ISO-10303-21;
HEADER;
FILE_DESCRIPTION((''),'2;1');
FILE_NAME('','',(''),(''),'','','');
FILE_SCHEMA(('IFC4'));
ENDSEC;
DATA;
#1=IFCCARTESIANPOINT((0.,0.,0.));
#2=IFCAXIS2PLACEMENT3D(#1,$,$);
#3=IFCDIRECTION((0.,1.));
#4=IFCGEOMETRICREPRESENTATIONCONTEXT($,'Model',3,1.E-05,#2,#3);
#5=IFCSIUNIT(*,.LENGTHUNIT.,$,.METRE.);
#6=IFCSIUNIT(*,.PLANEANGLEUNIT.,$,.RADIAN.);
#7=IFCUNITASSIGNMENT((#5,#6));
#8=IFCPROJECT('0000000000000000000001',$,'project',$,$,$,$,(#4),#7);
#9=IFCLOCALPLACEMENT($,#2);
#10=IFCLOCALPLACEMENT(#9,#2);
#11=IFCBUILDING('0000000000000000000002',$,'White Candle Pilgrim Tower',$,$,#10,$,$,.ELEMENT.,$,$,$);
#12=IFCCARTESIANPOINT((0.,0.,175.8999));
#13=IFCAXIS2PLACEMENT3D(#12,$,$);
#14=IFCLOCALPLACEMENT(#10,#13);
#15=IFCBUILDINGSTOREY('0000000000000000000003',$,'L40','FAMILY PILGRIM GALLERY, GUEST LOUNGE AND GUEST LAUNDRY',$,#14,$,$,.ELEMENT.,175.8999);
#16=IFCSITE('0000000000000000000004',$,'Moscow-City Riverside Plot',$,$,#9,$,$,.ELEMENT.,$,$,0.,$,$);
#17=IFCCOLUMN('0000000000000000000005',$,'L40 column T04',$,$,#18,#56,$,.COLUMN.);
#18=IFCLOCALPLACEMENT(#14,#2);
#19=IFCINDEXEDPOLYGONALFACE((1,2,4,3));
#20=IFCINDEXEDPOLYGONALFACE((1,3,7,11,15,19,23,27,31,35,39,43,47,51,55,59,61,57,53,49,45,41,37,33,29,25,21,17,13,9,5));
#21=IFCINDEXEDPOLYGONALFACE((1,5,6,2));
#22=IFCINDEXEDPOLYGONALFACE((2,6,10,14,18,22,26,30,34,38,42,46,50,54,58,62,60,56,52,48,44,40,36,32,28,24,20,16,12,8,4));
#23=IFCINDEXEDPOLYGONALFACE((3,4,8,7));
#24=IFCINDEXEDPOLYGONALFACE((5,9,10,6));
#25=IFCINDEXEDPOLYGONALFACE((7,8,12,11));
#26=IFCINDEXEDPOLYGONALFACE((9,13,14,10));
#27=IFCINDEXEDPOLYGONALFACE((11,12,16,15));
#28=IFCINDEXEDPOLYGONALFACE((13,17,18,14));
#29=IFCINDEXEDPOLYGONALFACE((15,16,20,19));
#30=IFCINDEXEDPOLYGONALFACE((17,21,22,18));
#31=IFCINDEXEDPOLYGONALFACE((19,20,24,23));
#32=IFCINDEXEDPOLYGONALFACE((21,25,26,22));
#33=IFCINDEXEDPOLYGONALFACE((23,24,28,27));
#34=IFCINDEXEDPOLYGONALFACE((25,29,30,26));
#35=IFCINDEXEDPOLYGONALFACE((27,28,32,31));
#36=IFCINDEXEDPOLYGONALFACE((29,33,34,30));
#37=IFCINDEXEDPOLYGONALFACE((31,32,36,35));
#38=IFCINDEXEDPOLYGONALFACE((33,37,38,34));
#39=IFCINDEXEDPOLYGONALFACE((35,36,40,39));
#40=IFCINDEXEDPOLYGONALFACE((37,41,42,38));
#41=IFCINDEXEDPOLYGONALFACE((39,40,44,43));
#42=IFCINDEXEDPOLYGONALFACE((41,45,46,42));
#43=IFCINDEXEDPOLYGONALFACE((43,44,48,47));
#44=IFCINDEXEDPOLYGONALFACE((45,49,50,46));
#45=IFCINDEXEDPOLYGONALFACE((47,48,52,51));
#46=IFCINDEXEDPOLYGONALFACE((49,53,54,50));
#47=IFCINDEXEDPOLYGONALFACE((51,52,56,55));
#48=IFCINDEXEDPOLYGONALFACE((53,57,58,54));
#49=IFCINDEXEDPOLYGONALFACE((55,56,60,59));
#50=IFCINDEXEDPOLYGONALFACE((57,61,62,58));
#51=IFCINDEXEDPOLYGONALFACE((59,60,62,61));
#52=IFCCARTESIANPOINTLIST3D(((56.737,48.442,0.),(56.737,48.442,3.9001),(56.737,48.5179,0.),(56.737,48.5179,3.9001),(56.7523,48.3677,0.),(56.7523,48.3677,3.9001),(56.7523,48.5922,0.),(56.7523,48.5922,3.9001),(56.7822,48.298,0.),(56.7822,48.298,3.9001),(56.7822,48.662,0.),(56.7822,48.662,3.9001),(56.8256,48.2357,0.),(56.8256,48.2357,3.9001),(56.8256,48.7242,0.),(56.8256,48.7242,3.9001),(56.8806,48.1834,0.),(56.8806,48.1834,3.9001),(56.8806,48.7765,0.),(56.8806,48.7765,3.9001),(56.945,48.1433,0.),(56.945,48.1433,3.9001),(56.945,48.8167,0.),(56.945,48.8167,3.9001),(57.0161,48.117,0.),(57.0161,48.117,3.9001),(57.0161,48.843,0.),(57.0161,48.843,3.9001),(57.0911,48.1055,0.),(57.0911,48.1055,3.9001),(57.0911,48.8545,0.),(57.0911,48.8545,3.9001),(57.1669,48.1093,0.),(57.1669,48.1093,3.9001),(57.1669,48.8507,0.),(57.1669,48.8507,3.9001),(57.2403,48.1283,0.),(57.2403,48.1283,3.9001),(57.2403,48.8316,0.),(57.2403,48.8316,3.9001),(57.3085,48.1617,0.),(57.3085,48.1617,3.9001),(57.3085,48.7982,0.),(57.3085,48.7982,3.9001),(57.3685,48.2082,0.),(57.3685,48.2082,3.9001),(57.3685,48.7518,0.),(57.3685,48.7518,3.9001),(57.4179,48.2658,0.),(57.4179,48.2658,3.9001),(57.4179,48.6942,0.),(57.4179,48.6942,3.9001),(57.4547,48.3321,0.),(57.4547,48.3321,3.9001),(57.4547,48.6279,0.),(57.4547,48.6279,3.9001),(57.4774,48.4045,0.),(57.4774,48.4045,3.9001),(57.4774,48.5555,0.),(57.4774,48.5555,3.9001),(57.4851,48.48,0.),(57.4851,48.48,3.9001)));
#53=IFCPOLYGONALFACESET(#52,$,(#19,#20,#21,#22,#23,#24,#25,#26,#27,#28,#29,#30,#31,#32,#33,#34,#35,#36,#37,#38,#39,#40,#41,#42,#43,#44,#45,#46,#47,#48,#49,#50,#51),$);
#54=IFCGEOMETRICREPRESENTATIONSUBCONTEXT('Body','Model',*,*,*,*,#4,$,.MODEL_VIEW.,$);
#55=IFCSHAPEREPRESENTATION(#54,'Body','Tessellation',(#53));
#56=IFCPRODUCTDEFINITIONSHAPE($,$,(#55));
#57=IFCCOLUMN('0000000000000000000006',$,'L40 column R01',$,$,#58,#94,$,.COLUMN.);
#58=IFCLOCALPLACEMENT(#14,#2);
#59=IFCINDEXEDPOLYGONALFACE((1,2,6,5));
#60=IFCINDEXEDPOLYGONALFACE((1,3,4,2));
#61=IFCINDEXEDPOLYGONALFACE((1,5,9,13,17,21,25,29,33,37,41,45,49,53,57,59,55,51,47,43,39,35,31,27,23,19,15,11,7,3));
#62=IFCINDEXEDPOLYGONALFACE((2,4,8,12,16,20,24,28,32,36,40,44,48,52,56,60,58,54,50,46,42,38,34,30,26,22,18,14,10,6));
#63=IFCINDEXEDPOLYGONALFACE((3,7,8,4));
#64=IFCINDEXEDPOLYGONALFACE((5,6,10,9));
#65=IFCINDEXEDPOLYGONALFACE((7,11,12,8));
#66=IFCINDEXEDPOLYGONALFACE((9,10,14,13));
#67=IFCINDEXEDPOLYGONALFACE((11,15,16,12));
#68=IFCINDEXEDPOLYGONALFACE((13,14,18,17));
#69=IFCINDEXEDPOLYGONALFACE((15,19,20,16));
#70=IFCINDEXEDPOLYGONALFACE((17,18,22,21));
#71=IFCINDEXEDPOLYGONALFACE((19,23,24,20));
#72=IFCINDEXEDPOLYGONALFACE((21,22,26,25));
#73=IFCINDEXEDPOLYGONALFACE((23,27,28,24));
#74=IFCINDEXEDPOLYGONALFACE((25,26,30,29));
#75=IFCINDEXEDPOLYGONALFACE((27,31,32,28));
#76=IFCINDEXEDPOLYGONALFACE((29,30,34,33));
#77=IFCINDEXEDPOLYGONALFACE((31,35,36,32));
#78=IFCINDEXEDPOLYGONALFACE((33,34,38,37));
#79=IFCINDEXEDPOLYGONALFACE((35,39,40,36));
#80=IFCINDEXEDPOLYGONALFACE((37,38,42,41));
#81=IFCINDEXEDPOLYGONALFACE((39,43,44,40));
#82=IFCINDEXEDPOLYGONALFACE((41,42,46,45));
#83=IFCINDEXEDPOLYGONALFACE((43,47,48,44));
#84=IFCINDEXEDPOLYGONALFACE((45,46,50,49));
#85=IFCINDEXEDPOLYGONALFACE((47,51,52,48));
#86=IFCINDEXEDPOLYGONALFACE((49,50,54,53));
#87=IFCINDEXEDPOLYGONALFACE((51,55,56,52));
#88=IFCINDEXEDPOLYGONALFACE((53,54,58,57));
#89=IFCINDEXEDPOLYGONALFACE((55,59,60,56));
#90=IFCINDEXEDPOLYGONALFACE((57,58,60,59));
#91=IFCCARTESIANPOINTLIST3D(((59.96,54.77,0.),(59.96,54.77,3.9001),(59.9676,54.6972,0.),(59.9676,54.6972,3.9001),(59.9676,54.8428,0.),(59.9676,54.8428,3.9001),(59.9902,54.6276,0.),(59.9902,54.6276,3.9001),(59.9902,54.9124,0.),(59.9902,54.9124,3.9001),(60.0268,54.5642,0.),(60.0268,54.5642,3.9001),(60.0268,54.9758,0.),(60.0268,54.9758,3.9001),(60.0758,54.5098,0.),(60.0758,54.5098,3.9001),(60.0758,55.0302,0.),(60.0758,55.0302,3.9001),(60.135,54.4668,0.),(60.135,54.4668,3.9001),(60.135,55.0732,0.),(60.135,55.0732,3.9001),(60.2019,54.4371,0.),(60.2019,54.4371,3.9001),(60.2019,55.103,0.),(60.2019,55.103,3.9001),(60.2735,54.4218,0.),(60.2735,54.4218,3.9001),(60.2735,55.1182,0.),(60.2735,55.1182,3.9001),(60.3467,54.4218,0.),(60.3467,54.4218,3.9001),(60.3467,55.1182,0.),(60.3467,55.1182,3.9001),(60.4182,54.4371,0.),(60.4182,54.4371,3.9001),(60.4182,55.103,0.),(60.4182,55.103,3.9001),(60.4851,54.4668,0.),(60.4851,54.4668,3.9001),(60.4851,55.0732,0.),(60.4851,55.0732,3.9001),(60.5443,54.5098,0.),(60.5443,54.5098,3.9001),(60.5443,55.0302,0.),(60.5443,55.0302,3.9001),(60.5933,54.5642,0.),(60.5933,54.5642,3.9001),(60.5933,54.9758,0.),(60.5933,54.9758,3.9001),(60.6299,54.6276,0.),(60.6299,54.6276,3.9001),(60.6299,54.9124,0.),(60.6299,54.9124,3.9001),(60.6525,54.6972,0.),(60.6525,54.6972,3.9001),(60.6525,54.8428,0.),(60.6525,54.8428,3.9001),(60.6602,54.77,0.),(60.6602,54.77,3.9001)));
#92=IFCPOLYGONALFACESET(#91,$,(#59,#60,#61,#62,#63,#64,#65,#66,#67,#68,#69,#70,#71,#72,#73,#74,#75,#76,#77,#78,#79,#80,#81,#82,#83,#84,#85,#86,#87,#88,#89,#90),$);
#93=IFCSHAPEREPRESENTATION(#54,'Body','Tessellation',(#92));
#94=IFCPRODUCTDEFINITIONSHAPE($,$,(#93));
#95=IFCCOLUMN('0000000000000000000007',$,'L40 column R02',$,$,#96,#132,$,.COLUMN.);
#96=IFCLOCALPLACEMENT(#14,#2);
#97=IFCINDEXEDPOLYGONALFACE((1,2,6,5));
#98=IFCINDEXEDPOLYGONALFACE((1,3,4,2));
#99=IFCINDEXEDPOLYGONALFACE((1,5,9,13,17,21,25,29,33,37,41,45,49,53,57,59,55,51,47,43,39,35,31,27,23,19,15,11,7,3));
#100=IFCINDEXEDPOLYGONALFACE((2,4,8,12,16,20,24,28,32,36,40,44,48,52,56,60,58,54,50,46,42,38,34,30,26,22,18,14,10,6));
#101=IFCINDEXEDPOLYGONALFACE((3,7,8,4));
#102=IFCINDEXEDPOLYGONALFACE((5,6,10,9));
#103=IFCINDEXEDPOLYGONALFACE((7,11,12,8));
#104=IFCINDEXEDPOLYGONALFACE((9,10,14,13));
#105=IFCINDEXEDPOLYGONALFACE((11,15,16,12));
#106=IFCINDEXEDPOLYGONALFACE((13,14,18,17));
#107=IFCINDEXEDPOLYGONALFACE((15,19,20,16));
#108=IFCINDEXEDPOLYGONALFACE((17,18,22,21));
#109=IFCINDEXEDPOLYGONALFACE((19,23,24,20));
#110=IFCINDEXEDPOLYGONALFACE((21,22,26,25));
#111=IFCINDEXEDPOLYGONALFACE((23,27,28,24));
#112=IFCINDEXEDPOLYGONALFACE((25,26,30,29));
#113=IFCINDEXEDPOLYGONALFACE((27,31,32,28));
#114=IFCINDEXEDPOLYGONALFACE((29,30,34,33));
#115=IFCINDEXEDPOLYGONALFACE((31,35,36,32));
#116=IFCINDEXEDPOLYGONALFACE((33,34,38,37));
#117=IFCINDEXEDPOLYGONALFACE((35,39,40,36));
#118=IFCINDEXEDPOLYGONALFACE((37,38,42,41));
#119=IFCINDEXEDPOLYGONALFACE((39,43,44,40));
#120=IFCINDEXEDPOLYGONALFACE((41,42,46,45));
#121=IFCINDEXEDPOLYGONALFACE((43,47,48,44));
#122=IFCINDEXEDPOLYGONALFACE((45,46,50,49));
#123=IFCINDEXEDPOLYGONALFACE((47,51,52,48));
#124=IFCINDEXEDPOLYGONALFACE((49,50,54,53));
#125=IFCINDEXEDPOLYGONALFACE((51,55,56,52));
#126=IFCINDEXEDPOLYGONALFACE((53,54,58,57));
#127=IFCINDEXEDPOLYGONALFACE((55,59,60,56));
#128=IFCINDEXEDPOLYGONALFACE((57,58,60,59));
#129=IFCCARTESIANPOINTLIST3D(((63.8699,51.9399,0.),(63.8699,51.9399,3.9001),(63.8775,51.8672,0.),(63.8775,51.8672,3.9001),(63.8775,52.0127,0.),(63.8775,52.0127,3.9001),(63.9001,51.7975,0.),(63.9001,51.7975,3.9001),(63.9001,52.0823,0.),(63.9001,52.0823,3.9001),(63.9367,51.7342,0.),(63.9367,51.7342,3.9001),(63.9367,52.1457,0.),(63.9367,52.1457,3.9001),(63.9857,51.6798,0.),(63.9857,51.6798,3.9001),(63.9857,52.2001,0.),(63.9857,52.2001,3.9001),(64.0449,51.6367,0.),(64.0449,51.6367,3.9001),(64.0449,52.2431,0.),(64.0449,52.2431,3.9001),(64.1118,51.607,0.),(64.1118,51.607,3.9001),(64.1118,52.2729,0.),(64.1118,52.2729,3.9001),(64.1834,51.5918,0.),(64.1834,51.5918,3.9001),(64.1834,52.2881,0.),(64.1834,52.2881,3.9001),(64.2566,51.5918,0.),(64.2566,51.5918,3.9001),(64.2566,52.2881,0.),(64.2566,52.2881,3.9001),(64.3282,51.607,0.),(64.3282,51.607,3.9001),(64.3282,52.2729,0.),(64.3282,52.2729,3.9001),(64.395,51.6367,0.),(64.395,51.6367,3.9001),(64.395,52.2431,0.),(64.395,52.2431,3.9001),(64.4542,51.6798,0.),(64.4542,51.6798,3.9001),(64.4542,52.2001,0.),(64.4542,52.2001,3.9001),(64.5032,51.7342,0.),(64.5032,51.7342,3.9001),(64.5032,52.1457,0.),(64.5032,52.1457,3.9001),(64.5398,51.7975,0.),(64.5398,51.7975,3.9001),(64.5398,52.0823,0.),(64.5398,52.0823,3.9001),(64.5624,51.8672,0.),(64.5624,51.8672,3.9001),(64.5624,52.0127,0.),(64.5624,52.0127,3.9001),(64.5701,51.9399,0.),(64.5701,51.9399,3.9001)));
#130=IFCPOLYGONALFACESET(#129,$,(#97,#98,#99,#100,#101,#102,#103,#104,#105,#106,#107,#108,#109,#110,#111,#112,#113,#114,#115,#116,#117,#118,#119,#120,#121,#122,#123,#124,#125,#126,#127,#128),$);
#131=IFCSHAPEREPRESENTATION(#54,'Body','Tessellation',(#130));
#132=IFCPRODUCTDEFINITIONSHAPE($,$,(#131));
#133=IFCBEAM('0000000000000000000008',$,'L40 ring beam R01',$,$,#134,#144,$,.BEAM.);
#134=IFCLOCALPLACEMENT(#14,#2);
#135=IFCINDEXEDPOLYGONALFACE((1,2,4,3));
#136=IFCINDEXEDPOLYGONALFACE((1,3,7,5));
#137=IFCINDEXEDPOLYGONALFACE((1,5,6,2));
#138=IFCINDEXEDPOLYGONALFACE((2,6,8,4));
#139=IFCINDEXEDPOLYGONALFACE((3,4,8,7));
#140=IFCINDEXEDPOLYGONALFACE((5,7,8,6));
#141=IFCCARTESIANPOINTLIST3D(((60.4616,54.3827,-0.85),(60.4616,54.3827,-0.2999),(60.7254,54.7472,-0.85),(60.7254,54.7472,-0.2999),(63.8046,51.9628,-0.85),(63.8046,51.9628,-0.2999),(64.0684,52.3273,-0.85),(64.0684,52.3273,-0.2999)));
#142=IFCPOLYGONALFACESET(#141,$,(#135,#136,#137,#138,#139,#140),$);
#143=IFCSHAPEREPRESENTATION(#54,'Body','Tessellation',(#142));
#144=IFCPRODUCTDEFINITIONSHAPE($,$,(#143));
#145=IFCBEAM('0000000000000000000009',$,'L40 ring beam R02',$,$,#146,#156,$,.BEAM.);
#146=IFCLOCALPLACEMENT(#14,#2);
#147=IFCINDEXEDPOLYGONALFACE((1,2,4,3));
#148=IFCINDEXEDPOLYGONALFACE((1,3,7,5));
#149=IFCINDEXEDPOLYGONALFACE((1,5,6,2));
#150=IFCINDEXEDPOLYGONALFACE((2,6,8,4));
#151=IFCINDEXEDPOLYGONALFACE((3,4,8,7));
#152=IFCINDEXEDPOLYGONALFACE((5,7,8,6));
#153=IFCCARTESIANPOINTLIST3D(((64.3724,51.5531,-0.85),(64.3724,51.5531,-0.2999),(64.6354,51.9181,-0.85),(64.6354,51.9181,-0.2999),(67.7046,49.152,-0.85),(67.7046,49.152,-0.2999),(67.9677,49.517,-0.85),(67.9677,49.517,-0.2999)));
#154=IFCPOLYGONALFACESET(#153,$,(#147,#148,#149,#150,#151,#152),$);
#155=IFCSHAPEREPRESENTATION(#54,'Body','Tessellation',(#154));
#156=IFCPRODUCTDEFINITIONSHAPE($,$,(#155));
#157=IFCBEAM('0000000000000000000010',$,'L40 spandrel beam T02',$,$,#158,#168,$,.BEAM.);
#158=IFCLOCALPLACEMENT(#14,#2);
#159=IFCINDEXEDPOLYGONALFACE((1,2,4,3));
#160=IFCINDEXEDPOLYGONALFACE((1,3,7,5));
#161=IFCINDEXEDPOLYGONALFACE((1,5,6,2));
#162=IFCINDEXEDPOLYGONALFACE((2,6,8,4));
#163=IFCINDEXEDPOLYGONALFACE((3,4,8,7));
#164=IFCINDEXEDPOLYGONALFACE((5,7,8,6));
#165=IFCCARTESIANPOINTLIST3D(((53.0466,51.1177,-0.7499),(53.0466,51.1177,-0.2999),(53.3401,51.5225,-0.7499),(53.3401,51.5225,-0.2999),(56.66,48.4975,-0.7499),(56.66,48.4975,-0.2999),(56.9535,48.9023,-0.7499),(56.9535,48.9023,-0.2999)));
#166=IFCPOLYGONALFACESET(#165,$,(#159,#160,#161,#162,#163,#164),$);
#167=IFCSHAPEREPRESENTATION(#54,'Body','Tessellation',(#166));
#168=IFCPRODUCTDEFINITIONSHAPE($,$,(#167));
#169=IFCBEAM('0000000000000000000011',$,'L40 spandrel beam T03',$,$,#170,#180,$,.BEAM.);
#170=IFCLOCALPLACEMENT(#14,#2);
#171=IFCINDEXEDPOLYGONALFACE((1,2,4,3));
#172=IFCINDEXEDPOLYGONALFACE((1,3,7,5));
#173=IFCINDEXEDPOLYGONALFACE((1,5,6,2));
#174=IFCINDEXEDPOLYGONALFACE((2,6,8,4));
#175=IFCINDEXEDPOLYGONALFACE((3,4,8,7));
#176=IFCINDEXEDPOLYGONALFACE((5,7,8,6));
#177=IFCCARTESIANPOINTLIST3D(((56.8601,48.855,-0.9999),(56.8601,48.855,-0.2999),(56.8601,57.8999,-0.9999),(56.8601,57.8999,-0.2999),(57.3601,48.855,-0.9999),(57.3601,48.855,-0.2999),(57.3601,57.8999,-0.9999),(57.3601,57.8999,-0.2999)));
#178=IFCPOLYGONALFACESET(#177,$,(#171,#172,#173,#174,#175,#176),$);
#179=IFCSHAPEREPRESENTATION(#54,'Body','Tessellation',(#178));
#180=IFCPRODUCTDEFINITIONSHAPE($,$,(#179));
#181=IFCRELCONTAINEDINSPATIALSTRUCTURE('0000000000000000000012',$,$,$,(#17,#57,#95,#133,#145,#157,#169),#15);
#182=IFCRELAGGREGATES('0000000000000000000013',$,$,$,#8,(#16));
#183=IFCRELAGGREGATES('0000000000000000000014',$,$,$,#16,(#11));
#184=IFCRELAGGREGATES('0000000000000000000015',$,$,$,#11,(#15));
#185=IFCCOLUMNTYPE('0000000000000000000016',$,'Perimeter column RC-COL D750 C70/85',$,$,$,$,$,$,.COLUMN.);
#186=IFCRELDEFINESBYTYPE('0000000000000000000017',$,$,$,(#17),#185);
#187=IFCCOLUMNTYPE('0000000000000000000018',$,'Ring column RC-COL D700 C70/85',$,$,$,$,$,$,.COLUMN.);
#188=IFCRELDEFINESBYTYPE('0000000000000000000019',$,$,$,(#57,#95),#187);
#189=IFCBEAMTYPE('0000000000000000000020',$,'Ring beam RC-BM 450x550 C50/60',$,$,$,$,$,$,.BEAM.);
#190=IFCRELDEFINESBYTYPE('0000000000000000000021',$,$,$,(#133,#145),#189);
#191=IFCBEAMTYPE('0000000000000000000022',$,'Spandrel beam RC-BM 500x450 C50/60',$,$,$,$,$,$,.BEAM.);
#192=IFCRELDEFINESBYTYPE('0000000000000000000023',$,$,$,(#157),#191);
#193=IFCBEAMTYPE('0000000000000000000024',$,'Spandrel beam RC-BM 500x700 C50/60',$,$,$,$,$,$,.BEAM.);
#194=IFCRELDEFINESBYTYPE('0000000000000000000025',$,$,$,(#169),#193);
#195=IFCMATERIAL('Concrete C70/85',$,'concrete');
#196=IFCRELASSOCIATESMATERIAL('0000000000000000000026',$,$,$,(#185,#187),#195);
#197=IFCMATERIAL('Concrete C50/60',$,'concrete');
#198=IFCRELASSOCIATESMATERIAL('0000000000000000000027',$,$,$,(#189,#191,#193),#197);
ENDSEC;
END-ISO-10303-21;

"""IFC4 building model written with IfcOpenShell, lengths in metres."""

from ifc_helpers import new_model, si_unit, direction, frame, origin, origin_2d, place, context, subcontext, project, spatial, rectangle, circle, extrude, material, material_profile, profile_set, type_object, element, save


model = new_model("IFC4")

# Units and contexts
model_context = context("Model", 3, precision=1e-05, world=origin(), true_north=direction((0.0, 1.0)))
body_context = subcontext(model_context, "Body", "Model", "MODEL_VIEW")
ifc_project = project(units=[si_unit("LENGTHUNIT", "METRE"), si_unit("PLANEANGLEUNIT", "RADIAN")], contexts=[model_context])

# Site, building, storey
site_placement = place(None, origin())
site = spatial("IfcSite", under=ifc_project, at=site_placement, Name="Moscow-City Riverside Plot", CompositionType="ELEMENT", RefElevation=0.0)
building_placement = place(site_placement, origin())
building = spatial("IfcBuilding", under=site, at=building_placement, Name="White Candle Pilgrim Tower", CompositionType="ELEMENT")
storey_placement = place(building_placement, frame((0.0, 0.0, 175.8999)))
storey = spatial("IfcBuildingStorey", under=building, at=storey_placement, Name="L40", Description="FAMILY PILGRIM GALLERY, GUEST LOUNGE AND GUEST LAUNDRY", CompositionType="ELEMENT", Elevation=175.8999)

# Columns
ifc_material_1 = material(Name="Concrete C70/85", Category="concrete")
ifc_material_profile_1 = material_profile(ifc_material_1, circle(Radius=0.375, at=origin_2d()), Name="RC-COL D750")
ifc_profile_set_1 = profile_set([ifc_material_profile_1], Name="Concrete C70/85")
column_type_1 = type_object("IfcColumnType", Name="Perimeter column RC-COL D750 C70/85", PredefinedType="COLUMN", material=ifc_profile_set_1)
column_placement = place(storey_placement, frame((57.1101, 48.48, 0.0), z_axis=(0.0, 0.0, 1.0), x_axis=(1.0, 0.0, 0.0)))
element("IfcColumn", 1, at=column_placement, inside=storey, type_object=column_type_1, Name="L40 column T04", PredefinedType="COLUMN", context=body_context, shape_type="SweptSolid", body=[
    extrude(circle(Radius=0.375, at=origin_2d()), origin(), (0.0, 0.0, 1.0), 3.9001),
])
ifc_material_profile_2 = material_profile(ifc_material_1, circle(Radius=0.3501, at=origin_2d()), Name="RC-COL D700")
ifc_profile_set_2 = profile_set([ifc_material_profile_2], Name="Concrete C70/85")
column_type_2 = type_object("IfcColumnType", Name="Ring column RC-COL D700 C70/85", PredefinedType="COLUMN", material=ifc_profile_set_2)
for number, where, z_axis, x_axis, name in (
    (2, (60.3101, 54.77, 0.0), (0.0, 0.0, 1.0), (1.0, 0.0, 0.0), "L40 column R01"),
    (3, (64.22, 51.9399, 0.0), (0.0, 0.0, 1.0), (1.0, 0.0, 0.0), "L40 column R02"),
):
    element("IfcColumn", number, at=place(storey_placement, frame(where, z_axis=z_axis, x_axis=x_axis)), inside=storey, type_object=column_type_2, Name=name, PredefinedType="COLUMN", context=body_context, shape_type="SweptSolid", body=[
        extrude(circle(Radius=0.3501, at=origin_2d()), origin(), (0.0, 0.0, 1.0), 3.9001),
    ])

# Beams
ifc_material_2 = material(Name="Concrete C50/60", Category="concrete")
ifc_material_profile_3 = material_profile(ifc_material_2, rectangle(XDim=0.45, YDim=0.55, at=origin_2d()), Name="RC-BM 450x550")
ifc_profile_set_3 = profile_set([ifc_material_profile_3], Name="Concrete C50/60")
beam_type_1 = type_object("IfcBeamType", Name="Ring beam RC-BM 450x550 C50/60", PredefinedType="BEAM", material=ifc_profile_set_3)
beam_1_placement = place(storey_placement, frame((60.5935, 54.5649, -0.575), z_axis=(0.810044, -0.586369, 0.0), x_axis=(0.586369, 0.810044, 0.0)))
element("IfcBeam", 4, at=beam_1_placement, inside=storey, type_object=beam_type_1, Name="L40 ring beam R01", PredefinedType="BEAM", context=body_context, shape_type="SweptSolid", body=[
    extrude(rectangle(XDim=0.45, YDim=0.55, at=origin_2d()), origin(), (0.0, 0.0, 1.0), 4.127),
])
beam_2_placement = place(storey_placement, frame((64.5039, 51.7356, -0.575), z_axis=(0.811317, -0.584607, 0.0), x_axis=(0.584607, 0.811317, 0.0)))
element("IfcBeam", 5, at=beam_2_placement, inside=storey, type_object=beam_type_1, Name="L40 ring beam R02", PredefinedType="BEAM", context=body_context, shape_type="SweptSolid", body=[
    extrude(rectangle(XDim=0.45, YDim=0.55, at=origin_2d()), origin(), (0.0, 0.0, 1.0), 4.1072),
])
ifc_material_profile_4 = material_profile(ifc_material_2, rectangle(XDim=0.5, YDim=0.45, at=origin_2d()), Name="RC-BM 500x450")
ifc_profile_set_4 = profile_set([ifc_material_profile_4], Name="Concrete C50/60")
beam_type_2 = type_object("IfcBeamType", Name="Spandrel beam RC-BM 500x450 C50/60", PredefinedType="BEAM", material=ifc_profile_set_4)
beam_3_placement = place(storey_placement, frame((53.1934, 51.3201, -0.5249), z_axis=(0.809558, -0.587039, 0.0), x_axis=(0.587039, 0.809558, 0.0)))
element("IfcBeam", 6, at=beam_3_placement, inside=storey, type_object=beam_type_2, Name="L40 spandrel beam T02", PredefinedType="BEAM", context=body_context, shape_type="SweptSolid", body=[
    extrude(rectangle(XDim=0.5, YDim=0.45, at=origin_2d()), origin(), (0.0, 0.0, 1.0), 4.4634),
])
ifc_material_profile_5 = material_profile(ifc_material_2, rectangle(XDim=0.5, YDim=0.7, at=origin_2d()), Name="RC-BM 500x700")
ifc_profile_set_5 = profile_set([ifc_material_profile_5], Name="Concrete C50/60")
beam_type_3 = type_object("IfcBeamType", Name="Spandrel beam RC-BM 500x700 C50/60", PredefinedType="BEAM", material=ifc_profile_set_5)
beam_4_placement = place(storey_placement, frame((57.1101, 48.855, -0.6499), z_axis=(0.0, 1.0, 0.0), x_axis=(-1.0, 0.0, 0.0)))
element("IfcBeam", 7, at=beam_4_placement, inside=storey, type_object=beam_type_3, Name="L40 spandrel beam T03", PredefinedType="BEAM", context=body_context, shape_type="SweptSolid", body=[
    extrude(rectangle(XDim=0.5, YDim=0.7, at=origin_2d()), origin(), (0.0, 0.0, 1.0), 9.0449),
])

save(model, "model.ifc")
